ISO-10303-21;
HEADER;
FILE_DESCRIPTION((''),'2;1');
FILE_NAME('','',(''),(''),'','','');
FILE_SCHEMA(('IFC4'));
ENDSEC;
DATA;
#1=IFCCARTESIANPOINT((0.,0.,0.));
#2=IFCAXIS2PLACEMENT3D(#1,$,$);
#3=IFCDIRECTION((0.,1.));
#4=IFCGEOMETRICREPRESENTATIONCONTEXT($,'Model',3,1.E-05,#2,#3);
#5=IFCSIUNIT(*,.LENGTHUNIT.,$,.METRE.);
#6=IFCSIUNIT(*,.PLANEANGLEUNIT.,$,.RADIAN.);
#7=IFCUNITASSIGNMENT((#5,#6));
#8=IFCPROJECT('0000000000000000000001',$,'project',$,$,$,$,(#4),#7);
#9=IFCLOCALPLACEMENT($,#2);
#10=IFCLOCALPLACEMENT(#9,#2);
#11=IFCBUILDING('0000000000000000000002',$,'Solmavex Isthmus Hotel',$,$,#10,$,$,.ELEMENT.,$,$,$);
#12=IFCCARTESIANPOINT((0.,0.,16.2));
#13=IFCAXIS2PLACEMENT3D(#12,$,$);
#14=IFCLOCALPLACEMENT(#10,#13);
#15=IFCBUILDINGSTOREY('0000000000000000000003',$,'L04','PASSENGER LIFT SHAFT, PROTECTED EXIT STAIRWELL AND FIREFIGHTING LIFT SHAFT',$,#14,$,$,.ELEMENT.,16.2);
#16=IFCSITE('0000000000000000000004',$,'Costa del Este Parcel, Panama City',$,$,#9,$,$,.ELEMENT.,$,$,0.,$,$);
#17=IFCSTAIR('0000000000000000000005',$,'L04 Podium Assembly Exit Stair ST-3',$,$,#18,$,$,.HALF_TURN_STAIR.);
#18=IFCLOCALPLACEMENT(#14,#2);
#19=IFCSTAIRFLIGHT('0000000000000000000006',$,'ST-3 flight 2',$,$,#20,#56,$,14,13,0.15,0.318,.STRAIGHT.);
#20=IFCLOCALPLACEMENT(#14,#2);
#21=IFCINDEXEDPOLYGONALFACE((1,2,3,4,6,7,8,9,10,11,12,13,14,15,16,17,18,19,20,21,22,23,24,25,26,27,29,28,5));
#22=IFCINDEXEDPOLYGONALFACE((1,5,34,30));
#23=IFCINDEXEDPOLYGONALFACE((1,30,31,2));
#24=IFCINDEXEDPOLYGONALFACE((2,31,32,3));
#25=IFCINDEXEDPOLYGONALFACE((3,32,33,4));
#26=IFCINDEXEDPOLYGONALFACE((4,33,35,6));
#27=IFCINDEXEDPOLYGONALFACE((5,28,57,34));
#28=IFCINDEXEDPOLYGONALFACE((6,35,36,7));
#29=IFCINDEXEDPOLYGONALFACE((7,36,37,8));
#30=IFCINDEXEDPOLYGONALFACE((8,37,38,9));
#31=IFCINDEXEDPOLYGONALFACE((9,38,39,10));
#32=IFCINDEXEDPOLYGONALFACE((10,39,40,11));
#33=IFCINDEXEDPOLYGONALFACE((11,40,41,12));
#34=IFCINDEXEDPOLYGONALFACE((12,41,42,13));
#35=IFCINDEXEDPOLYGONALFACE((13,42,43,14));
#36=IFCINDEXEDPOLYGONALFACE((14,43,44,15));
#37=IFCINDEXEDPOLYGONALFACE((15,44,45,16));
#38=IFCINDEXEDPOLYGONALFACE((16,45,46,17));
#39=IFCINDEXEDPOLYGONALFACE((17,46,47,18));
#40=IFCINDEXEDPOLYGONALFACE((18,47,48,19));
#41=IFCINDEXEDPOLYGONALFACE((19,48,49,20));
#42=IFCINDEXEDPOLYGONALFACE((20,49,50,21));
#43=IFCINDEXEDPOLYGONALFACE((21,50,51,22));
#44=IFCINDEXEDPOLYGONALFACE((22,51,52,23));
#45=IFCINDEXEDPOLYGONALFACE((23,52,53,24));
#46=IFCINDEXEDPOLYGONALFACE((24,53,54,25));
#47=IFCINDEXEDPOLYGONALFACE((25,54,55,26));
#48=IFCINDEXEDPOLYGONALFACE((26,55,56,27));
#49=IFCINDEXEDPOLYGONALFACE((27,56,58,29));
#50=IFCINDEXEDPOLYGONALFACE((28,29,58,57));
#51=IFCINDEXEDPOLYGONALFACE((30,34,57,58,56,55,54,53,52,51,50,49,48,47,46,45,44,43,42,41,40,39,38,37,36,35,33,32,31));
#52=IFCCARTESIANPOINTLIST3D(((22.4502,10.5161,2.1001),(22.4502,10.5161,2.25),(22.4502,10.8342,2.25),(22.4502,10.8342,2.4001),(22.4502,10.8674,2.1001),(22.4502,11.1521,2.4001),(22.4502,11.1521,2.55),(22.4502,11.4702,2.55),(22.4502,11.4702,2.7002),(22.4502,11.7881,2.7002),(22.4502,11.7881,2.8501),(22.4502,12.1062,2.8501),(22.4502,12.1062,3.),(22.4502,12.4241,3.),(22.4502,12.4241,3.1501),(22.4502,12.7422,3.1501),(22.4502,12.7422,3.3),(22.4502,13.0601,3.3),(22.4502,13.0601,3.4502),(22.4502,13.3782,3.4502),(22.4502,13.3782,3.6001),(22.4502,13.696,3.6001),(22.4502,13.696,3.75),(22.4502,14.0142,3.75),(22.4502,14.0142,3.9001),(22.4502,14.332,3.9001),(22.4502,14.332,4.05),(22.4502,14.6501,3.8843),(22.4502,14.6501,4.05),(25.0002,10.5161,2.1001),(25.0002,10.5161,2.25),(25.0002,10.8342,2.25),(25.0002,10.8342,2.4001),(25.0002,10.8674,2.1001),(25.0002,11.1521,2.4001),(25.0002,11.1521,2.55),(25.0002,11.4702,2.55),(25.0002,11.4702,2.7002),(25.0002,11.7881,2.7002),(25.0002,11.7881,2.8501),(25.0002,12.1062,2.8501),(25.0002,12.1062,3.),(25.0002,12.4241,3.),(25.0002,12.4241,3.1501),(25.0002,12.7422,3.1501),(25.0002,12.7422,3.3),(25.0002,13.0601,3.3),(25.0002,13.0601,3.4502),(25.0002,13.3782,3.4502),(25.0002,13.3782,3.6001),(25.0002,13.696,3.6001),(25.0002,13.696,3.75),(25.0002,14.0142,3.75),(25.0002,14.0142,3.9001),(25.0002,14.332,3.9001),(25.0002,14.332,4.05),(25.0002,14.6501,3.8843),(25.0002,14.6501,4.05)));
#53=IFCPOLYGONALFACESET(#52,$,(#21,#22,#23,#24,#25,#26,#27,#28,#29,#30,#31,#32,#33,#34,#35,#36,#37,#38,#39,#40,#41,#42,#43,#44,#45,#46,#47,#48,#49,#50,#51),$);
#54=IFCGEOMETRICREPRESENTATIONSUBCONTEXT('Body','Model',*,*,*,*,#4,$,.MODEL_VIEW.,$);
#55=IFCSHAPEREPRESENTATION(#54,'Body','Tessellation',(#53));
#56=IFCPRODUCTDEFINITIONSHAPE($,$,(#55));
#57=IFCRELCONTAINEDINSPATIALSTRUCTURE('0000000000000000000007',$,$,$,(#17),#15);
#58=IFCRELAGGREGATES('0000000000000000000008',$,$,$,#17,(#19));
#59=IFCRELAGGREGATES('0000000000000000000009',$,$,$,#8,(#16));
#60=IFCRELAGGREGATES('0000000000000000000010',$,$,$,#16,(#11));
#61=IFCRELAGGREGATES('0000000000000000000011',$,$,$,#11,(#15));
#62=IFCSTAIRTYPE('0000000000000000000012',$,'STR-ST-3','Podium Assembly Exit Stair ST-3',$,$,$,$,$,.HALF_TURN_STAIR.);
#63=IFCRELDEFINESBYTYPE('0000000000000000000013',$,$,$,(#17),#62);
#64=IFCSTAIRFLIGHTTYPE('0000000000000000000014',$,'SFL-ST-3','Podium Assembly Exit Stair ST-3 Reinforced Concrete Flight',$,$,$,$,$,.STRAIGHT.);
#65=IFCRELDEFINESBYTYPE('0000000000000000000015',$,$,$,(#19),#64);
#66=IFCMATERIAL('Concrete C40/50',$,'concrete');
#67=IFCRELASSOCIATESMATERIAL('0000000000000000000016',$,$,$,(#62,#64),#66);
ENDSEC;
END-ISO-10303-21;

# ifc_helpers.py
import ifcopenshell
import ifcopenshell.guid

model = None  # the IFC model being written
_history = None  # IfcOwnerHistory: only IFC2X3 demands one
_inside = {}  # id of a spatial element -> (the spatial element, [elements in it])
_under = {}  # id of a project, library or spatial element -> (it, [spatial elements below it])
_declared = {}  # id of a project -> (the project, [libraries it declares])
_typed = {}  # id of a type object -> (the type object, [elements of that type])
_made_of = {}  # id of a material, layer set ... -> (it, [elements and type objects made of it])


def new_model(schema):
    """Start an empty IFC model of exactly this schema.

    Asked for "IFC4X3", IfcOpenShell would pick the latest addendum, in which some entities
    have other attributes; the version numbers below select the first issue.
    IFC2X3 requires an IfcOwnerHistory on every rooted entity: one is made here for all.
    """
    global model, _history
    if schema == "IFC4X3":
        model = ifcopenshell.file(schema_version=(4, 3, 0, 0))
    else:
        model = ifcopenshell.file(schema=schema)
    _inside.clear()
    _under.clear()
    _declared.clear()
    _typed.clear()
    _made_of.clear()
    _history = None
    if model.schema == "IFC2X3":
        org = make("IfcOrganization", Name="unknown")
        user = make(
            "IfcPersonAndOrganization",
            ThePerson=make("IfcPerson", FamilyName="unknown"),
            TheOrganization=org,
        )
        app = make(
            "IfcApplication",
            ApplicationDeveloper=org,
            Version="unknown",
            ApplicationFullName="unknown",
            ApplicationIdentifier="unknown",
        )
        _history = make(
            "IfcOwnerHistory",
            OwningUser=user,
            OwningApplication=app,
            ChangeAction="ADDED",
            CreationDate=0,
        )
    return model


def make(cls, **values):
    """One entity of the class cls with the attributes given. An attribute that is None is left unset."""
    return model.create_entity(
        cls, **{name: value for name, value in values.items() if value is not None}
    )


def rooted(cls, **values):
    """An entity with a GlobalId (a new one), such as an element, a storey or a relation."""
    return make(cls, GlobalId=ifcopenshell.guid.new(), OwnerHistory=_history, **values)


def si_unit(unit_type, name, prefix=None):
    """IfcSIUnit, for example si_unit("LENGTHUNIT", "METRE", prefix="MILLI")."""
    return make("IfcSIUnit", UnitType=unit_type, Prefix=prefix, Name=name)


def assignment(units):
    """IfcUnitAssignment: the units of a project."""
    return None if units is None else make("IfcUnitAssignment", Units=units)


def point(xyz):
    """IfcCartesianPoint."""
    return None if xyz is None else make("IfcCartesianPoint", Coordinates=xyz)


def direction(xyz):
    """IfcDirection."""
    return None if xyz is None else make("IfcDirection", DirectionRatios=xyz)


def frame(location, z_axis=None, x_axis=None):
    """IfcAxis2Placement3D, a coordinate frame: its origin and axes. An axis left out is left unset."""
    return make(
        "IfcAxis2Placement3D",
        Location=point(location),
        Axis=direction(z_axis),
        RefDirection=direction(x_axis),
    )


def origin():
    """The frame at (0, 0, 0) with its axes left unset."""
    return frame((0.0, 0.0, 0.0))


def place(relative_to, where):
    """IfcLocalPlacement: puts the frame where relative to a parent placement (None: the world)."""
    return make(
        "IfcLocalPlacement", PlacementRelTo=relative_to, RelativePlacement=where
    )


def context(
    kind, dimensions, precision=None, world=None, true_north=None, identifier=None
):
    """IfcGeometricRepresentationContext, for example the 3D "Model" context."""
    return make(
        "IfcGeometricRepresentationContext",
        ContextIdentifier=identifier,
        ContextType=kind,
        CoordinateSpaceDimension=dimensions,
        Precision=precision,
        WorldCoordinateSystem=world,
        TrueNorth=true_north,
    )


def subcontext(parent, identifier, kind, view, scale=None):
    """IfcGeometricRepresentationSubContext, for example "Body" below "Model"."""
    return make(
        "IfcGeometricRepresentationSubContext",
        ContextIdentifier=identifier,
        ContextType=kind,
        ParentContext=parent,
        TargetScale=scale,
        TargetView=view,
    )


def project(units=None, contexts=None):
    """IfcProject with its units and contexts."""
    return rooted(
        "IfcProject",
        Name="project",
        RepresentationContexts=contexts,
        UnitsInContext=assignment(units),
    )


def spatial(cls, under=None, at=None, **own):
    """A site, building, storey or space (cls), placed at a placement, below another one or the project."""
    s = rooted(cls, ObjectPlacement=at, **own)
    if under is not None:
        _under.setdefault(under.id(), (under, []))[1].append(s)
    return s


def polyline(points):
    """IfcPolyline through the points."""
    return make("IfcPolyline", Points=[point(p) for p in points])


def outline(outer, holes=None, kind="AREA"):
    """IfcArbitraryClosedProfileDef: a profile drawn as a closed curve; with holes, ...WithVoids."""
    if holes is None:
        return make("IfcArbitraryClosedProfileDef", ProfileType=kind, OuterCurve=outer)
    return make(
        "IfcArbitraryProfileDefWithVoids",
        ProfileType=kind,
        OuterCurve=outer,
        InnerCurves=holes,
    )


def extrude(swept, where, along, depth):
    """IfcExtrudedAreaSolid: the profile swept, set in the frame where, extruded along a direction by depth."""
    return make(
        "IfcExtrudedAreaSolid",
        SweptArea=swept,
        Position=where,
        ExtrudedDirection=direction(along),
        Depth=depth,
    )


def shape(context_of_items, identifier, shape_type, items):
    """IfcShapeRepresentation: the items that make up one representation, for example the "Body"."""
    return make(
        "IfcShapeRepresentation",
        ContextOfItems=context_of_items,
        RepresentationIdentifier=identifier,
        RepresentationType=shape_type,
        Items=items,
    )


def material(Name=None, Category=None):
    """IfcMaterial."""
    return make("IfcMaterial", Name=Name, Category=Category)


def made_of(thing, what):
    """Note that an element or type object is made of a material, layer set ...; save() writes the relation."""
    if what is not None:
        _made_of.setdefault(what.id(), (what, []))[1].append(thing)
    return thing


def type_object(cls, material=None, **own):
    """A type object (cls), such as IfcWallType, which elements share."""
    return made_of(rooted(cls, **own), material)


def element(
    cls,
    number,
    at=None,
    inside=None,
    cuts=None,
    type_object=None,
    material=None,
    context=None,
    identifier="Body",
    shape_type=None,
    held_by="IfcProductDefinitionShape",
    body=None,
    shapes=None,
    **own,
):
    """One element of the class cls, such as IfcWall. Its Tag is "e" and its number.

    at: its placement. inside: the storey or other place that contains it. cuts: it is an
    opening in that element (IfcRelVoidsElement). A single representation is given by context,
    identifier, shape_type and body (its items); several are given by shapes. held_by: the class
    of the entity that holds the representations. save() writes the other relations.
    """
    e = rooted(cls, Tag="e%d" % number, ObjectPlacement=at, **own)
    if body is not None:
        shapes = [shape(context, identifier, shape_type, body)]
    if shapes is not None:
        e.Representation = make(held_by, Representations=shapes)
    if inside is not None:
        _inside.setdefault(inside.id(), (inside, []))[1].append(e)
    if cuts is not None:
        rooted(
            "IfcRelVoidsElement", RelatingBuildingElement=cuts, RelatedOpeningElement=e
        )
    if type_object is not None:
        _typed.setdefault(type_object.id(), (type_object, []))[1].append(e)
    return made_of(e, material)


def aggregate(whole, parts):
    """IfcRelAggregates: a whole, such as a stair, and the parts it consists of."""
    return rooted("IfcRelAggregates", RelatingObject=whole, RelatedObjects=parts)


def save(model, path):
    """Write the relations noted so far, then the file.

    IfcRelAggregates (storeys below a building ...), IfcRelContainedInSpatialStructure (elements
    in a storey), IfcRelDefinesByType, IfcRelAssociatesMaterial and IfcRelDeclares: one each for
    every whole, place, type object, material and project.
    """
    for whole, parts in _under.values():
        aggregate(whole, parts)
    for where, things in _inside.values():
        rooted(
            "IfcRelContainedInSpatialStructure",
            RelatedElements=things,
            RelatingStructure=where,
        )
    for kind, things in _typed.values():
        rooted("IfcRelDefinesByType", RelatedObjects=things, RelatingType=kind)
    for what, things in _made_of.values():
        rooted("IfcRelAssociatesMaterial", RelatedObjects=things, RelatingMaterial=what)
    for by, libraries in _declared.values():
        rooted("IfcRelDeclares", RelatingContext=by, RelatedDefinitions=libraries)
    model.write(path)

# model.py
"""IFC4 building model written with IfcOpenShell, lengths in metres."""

from ifc_helpers import new_model, si_unit, direction, frame, origin, place, context, subcontext, project, spatial, polyline, outline, extrude, material, type_object, element, aggregate, save


model = new_model("IFC4")

# Units and contexts
model_context = context("Model", 3, precision=1e-05, world=origin(), true_north=direction((0.0, 1.0)))
body_context = subcontext(model_context, "Body", "Model", "MODEL_VIEW")
ifc_project = project(units=[si_unit("LENGTHUNIT", "METRE"), si_unit("PLANEANGLEUNIT", "RADIAN")], contexts=[model_context])

# Site, building, storey
site_placement = place(None, origin())
site = spatial("IfcSite", under=ifc_project, at=site_placement, Name="Costa del Este Parcel, Panama City", CompositionType="ELEMENT", RefElevation=0.0)
building_placement = place(site_placement, origin())
building = spatial("IfcBuilding", under=site, at=building_placement, Name="Solmavex Isthmus Hotel", CompositionType="ELEMENT")
storey_placement = place(building_placement, frame((0.0, 0.0, 16.2)))
storey = spatial("IfcBuildingStorey", under=building, at=storey_placement, Name="L04", Description="PASSENGER LIFT SHAFT, PROTECTED EXIT STAIRWELL AND FIREFIGHTING LIFT SHAFT", CompositionType="ELEMENT", Elevation=16.2)

# Shared definitions
ifc_material_1 = material(Name="Concrete C40/50", Category="concrete")

# Stair, stair flight
stair_type = type_object("IfcStairType", Name="STR-ST-3", Description="Podium Assembly Exit Stair ST-3", PredefinedType="HALF_TURN_STAIR", material=ifc_material_1)
stair_placement = place(storey_placement, origin())
stair = element("IfcStair", 1, at=stair_placement, inside=storey, type_object=stair_type, Name="L04 Podium Assembly Exit Stair ST-3", PredefinedType="HALF_TURN_STAIR")
stair_flight_type = type_object("IfcStairFlightType", Name="SFL-ST-3", Description="Podium Assembly Exit Stair ST-3 Reinforced Concrete Flight", PredefinedType="STRAIGHT", material=ifc_material_1)
stair_flight_1_placement = place(storey_placement, frame((23.7251, 10.5161, 2.1001), z_axis=(0.0, 0.0, 1.0), x_axis=(0.0, 1.0, 0.0)))
stair_flight_1 = element("IfcStairFlight", 2, at=stair_flight_1_placement, type_object=stair_flight_type, Name="ST-3 flight 2", NumberOfRisers=14, NumberOfTreads=13, PredefinedType="STRAIGHT", RiserHeight=0.15, TreadLength=0.318, context=body_context, shape_type="SweptSolid", body=[
    extrude(outline(polyline([(0.0, 0.0), (0.0, 0.1499), (0.3181, 0.1499), (0.3181, 0.3), (0.636, 0.3), (0.636, 0.45), (0.9541, 0.45), (0.9541, 0.6001), (1.272, 0.6001), (1.272, 0.75), (1.5901, 0.75), (1.5901, 0.8999), (1.908, 0.8999), (1.908, 1.05), (2.2261, 1.05), (2.2261, 1.2), (2.5439, 1.2), (2.5439, 1.3501), (2.8621, 1.3501), (2.8621, 1.5), (3.1799, 1.5), (3.1799, 1.6499), (3.498, 1.6499), (3.498, 1.8), (3.8159, 1.8), (3.8159, 1.95), (4.134, 1.95), (4.134, 2.1001), (4.134, 1.7842), (0.3513, 0.0), (0.0, 0.0)])), frame((0.0, 1.2749, 0.0), z_axis=(0.0, -1.0, 0.0), x_axis=(1.0, 0.0, 0.0)), (0.0, 0.0, 1.0), 2.55),
])
aggregate(stair, [stair_flight_1])

save(model, "model.ifc")
